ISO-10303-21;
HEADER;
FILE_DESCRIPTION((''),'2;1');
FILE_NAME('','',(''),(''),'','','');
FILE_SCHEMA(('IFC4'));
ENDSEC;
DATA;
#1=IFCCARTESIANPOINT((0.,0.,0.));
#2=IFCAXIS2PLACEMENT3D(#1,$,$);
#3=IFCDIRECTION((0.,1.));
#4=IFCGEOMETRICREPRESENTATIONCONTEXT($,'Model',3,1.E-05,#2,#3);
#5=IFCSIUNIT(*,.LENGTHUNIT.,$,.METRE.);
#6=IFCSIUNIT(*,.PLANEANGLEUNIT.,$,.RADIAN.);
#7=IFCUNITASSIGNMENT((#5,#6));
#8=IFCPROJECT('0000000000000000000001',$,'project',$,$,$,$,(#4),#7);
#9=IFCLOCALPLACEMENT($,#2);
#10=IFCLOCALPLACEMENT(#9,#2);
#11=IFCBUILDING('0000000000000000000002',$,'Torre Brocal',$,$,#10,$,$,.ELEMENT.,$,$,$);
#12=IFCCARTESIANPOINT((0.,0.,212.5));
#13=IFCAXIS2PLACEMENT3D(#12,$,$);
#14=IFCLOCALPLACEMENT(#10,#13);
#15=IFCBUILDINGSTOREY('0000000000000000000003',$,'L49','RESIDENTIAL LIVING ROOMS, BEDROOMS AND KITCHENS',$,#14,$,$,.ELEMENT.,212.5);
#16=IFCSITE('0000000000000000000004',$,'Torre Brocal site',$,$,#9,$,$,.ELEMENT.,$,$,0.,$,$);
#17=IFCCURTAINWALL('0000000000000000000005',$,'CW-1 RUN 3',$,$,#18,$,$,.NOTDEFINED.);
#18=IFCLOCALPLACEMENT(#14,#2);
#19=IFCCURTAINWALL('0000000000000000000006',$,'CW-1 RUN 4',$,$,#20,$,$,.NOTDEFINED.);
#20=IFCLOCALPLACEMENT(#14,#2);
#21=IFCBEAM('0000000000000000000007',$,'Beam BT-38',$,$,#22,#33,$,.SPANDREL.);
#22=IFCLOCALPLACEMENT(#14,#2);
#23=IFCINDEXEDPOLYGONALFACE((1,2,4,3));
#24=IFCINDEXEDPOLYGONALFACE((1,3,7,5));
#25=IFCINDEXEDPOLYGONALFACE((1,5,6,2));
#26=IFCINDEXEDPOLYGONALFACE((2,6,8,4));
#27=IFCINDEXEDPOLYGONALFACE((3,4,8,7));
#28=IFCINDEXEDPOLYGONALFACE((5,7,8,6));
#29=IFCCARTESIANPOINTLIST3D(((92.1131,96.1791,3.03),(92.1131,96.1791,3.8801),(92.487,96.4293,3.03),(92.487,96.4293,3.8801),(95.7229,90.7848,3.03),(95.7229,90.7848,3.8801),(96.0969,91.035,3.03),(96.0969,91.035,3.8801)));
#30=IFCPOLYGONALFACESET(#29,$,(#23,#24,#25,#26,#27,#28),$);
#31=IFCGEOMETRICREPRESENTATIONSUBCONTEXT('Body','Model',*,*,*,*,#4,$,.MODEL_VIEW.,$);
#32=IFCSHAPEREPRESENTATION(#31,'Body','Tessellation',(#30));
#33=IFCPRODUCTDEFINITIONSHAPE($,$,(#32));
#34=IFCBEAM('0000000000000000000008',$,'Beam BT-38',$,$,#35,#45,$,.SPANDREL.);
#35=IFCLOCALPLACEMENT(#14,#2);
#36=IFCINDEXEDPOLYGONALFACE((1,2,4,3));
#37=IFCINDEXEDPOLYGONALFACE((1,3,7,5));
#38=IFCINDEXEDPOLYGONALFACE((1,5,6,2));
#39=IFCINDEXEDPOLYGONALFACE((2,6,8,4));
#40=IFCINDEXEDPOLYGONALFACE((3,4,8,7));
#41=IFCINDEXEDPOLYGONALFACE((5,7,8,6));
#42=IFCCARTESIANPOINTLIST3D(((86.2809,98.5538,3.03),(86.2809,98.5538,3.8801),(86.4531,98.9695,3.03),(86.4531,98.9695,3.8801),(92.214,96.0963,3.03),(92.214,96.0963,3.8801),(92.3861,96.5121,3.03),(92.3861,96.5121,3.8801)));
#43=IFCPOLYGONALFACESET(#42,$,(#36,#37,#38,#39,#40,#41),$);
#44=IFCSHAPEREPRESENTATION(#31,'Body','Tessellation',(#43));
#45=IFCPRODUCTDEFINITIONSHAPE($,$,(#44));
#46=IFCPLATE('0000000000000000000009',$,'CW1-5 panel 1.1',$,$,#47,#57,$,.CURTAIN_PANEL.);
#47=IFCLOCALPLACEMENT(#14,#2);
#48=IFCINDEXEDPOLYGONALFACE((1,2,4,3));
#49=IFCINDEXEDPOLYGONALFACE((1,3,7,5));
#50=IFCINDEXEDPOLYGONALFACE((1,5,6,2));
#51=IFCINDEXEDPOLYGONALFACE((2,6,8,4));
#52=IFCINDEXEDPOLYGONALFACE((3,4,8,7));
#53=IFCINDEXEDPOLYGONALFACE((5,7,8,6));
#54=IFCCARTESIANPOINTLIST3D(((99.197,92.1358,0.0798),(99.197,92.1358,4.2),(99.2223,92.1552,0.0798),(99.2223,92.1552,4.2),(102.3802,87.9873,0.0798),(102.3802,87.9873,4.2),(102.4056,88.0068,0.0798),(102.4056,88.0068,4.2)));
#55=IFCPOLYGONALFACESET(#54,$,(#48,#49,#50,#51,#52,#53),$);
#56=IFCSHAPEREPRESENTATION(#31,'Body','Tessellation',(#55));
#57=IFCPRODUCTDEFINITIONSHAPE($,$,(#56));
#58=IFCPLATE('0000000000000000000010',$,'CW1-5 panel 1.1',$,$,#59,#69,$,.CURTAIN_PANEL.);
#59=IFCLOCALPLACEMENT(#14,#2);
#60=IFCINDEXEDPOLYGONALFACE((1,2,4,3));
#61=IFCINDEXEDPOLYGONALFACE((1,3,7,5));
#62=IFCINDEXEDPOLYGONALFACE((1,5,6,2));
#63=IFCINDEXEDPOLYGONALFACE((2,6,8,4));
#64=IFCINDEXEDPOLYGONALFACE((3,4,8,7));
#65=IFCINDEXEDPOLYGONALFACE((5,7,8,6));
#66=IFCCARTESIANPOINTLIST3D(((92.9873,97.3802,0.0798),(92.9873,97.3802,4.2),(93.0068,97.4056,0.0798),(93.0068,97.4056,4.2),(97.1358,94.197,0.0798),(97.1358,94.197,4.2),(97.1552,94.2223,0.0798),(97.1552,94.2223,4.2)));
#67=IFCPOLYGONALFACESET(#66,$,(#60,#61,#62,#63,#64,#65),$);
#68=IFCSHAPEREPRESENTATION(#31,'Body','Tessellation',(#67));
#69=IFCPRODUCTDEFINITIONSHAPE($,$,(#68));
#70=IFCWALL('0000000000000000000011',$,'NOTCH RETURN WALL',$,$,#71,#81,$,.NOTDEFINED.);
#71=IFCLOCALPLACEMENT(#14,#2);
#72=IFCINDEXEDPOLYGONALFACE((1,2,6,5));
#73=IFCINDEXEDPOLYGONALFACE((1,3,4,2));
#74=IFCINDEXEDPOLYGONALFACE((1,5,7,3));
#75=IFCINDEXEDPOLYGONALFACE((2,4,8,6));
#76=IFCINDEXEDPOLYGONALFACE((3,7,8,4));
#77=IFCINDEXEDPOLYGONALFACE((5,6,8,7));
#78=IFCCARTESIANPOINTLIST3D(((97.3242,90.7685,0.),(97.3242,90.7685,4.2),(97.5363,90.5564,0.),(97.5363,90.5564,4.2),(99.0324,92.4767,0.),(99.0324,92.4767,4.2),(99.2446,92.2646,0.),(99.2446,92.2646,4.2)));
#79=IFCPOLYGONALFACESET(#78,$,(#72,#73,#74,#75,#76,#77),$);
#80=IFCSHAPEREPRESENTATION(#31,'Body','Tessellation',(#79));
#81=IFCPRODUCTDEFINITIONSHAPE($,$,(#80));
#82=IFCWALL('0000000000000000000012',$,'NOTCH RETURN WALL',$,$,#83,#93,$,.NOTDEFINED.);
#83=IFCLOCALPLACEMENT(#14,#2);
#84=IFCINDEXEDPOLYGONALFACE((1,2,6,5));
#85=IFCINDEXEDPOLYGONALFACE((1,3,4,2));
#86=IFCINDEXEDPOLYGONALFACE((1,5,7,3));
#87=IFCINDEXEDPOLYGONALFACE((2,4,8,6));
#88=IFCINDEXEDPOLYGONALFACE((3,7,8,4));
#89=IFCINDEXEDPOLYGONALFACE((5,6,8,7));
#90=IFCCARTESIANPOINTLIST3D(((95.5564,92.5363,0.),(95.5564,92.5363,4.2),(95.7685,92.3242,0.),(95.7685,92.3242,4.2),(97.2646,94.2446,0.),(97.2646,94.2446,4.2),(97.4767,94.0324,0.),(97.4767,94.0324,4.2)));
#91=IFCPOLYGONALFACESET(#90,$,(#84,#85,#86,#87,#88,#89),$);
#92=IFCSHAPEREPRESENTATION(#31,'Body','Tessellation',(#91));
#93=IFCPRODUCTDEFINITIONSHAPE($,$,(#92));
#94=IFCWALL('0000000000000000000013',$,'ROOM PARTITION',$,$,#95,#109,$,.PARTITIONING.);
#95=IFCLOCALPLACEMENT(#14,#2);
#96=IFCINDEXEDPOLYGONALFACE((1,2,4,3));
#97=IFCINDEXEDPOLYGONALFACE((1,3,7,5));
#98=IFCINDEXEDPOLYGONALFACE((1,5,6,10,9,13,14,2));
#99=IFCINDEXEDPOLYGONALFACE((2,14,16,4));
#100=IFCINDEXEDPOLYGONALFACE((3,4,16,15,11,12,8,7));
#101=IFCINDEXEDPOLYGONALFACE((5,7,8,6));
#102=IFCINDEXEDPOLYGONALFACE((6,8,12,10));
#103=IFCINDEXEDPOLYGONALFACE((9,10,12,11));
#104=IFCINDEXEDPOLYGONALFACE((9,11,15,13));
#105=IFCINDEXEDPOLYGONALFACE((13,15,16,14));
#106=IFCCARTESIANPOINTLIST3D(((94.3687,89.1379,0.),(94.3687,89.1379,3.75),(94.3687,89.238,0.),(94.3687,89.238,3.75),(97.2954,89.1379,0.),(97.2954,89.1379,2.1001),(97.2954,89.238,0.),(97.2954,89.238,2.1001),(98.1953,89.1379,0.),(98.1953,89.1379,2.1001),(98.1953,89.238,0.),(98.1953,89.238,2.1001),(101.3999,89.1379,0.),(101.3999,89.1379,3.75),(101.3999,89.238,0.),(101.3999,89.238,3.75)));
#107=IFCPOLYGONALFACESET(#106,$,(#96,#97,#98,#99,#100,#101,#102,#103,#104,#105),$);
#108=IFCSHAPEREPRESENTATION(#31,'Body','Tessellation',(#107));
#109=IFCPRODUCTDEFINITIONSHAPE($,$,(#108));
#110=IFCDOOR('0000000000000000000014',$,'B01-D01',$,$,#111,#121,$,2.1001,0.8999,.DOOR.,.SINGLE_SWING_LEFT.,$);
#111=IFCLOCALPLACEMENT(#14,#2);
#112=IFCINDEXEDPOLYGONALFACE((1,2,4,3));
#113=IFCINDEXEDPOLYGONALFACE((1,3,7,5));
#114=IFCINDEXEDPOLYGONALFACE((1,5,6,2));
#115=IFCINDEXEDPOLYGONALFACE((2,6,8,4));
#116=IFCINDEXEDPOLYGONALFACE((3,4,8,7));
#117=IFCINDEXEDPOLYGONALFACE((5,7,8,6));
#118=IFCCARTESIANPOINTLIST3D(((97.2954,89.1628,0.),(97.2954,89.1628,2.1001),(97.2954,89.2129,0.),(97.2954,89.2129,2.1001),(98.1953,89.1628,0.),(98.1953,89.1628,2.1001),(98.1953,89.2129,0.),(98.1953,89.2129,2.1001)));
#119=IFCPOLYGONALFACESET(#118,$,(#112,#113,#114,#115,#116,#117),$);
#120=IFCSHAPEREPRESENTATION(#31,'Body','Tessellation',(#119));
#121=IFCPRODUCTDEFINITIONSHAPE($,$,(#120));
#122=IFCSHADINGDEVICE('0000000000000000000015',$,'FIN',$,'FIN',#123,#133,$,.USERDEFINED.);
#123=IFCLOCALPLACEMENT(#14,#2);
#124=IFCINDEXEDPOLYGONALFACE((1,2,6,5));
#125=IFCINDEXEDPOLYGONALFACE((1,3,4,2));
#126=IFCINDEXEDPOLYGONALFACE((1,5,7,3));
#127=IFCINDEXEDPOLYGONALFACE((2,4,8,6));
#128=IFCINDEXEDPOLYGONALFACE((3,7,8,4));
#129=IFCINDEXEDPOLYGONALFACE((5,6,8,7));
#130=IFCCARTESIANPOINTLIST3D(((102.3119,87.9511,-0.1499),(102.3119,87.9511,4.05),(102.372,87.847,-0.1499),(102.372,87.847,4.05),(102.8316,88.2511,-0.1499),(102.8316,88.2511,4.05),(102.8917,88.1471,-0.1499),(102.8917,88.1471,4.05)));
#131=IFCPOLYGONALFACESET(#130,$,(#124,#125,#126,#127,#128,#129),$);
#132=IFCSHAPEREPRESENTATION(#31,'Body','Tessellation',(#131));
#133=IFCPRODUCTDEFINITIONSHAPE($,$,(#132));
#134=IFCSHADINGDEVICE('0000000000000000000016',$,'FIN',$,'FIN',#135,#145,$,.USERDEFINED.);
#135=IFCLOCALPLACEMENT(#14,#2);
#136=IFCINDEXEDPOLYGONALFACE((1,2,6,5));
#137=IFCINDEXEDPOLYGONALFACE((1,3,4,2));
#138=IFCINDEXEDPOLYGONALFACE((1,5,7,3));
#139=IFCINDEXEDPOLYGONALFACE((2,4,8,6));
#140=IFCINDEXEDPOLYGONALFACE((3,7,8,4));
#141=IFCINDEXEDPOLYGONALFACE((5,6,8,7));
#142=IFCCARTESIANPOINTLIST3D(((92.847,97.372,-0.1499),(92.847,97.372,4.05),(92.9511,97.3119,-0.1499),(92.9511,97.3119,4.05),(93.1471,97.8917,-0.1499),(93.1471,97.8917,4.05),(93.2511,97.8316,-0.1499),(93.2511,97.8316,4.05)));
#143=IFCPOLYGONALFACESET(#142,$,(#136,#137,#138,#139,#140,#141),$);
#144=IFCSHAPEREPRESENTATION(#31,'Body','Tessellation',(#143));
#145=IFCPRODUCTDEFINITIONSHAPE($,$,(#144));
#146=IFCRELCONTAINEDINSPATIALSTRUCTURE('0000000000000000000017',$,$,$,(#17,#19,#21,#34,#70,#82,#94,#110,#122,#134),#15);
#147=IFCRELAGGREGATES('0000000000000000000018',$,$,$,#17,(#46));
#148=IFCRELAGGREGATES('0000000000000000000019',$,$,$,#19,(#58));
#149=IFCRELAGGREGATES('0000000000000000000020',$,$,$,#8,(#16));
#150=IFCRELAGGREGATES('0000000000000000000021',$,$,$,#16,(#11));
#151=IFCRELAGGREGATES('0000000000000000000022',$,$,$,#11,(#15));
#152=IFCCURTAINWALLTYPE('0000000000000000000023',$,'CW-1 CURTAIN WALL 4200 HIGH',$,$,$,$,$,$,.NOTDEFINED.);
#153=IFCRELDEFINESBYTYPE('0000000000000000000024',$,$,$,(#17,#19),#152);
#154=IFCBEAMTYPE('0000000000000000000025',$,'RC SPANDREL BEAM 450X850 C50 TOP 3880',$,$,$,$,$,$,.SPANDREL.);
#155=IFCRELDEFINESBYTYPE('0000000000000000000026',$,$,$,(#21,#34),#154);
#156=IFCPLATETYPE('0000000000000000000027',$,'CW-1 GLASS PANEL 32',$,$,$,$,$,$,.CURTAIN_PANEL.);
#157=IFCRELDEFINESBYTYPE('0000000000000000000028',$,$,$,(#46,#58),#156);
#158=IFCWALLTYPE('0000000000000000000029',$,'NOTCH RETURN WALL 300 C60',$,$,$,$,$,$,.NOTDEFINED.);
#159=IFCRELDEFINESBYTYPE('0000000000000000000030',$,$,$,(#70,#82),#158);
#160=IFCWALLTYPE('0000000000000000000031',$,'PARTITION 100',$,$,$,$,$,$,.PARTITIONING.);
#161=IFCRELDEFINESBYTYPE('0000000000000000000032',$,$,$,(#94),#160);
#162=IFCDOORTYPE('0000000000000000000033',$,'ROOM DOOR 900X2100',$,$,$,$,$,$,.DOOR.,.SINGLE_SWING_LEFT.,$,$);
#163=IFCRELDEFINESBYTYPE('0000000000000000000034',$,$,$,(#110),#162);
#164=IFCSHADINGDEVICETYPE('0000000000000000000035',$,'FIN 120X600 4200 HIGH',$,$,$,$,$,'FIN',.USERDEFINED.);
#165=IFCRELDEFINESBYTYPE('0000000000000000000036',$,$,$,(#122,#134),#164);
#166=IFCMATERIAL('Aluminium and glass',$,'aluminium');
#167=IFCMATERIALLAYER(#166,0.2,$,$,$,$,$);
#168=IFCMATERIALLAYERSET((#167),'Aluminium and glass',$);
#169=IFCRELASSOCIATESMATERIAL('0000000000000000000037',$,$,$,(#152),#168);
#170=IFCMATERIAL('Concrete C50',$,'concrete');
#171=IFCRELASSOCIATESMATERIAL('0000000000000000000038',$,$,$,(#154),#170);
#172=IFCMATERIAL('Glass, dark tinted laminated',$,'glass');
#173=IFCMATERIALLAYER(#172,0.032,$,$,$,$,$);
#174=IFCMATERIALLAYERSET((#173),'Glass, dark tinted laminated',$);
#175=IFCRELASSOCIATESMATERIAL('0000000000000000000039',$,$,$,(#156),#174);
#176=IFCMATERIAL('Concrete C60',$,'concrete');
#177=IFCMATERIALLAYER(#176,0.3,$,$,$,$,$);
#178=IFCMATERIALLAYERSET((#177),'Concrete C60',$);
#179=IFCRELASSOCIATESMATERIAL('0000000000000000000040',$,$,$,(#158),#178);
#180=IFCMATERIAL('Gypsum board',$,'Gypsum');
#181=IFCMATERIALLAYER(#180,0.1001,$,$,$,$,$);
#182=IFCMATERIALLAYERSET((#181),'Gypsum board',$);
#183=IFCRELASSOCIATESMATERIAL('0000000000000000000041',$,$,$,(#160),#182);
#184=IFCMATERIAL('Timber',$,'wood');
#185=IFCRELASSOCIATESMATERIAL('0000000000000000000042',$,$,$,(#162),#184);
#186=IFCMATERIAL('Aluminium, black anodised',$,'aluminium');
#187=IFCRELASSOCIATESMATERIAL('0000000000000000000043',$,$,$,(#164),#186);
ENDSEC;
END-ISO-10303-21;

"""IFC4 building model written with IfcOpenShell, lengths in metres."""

from ifc_helpers import new_model, si_unit, direction, frame, frame_2d, origin, origin_2d, place, context, subcontext, project, spatial, rectangle, extrude, material, layer, layer_set, material_profile, profile_set, type_object, element, fill, aggregate, save


model = new_model("IFC4")

# Units and contexts
model_context = context("Model", 3, precision=1e-05, world=origin(), true_north=direction((0.0, 1.0)))
body_context = subcontext(model_context, "Body", "Model", "MODEL_VIEW")
ifc_project = project(units=[si_unit("LENGTHUNIT", "METRE"), si_unit("PLANEANGLEUNIT", "RADIAN")], contexts=[model_context])

# Site, building, storey
site_placement = place(None, origin())
site = spatial("IfcSite", under=ifc_project, at=site_placement, Name="Torre Brocal site", CompositionType="ELEMENT", RefElevation=0.0)
building_placement = place(site_placement, origin())
building = spatial("IfcBuilding", under=site, at=building_placement, Name="Torre Brocal", CompositionType="ELEMENT")
storey_placement = place(building_placement, frame((0.0, 0.0, 212.5)))
storey = spatial("IfcBuildingStorey", under=building, at=storey_placement, Name="L49", Description="RESIDENTIAL LIVING ROOMS, BEDROOMS AND KITCHENS", CompositionType="ELEMENT", Elevation=212.5)

# Shared definitions
ifc_material_1 = material(Name="Aluminium and glass", Category="aluminium")
ifc_layer_1 = layer(ifc_material_1, 0.2)
ifc_layer_set_1 = layer_set([ifc_layer_1], Name="Aluminium and glass")
curtain_wall_type = type_object("IfcCurtainWallType", Name="CW-1 CURTAIN WALL 4200 HIGH", PredefinedType="NOTDEFINED", material=ifc_layer_set_1)

# Curtain walls
curtain_wall_1_placement = place(storey_placement, origin())
curtain_wall_1 = element("IfcCurtainWall", 1, at=curtain_wall_1_placement, inside=storey, type_object=curtain_wall_type, Name="CW-1 RUN 3", PredefinedType="NOTDEFINED")
curtain_wall_2_placement = place(storey_placement, origin())
curtain_wall_2 = element("IfcCurtainWall", 2, at=curtain_wall_2_placement, inside=storey, type_object=curtain_wall_type, Name="CW-1 RUN 4", PredefinedType="NOTDEFINED")

# Beams
ifc_material_2 = material(Name="Concrete C50", Category="concrete")
ifc_material_profile_1 = material_profile(ifc_material_2, rectangle(XDim=0.45, YDim=0.8501, at=origin_2d()), Name="RC 450X850")
ifc_profile_set_1 = profile_set([ifc_material_profile_1], Name="Concrete C50")
beam_type_1 = type_object("IfcBeamType", Name="RC SPANDREL BEAM 450X850 C50 TOP 3880", PredefinedType="SPANDREL", material=ifc_profile_set_1)
beam_1_placement = place(storey_placement, frame((95.9099, 90.9099, 3.4551), z_axis=(-0.556158, 0.831077, 0.0), x_axis=(-0.831077, -0.556158, 0.0)))
element("IfcBeam", 3, at=beam_1_placement, inside=storey, type_object=beam_type_1, Name="Beam BT-38", PredefinedType="SPANDREL", context=body_context, shape_type="SweptSolid", body=[
    extrude(rectangle(XDim=0.45, YDim=0.8501, at=origin_2d()), origin(), (0.0, 0.0, 1.0), 6.4907),
])
beam_2_placement = place(storey_placement, frame((92.3, 96.3042, 3.4551), z_axis=(-0.923882, 0.382676, 0.0), x_axis=(-0.382676, -0.923882, 0.0)))
element("IfcBeam", 4, at=beam_2_placement, inside=storey, type_object=beam_type_1, Name="Beam BT-38", PredefinedType="SPANDREL", context=body_context, shape_type="SweptSolid", body=[
    extrude(rectangle(XDim=0.45, YDim=0.8501, at=origin_2d()), origin(), (0.0, 0.0, 1.0), 6.4219),
])

# Plates
ifc_material_3 = material(Name="Glass, dark tinted laminated", Category="glass")
ifc_layer_2 = layer(ifc_material_3, 0.032)
ifc_layer_set_2 = layer_set([ifc_layer_2], Name="Glass, dark tinted laminated")
plate_type = type_object("IfcPlateType", Name="CW-1 GLASS PANEL 32", PredefinedType="CURTAIN_PANEL", material=ifc_layer_set_2)
plate_1_placement = place(storey_placement, frame((100.8013, 90.0713, 0.0798), z_axis=(0.0, 0.0, 1.0), x_axis=(-0.608761, 0.793353, 0.0)))
plate_1 = element("IfcPlate", 5, at=plate_1_placement, type_object=plate_type, Name="CW1-5 panel 1.1", PredefinedType="CURTAIN_PANEL", context=body_context, shape_type="SweptSolid", body=[
    extrude(rectangle(XDim=5.229, YDim=0.032, at=origin_2d()), origin(), (0.0, 0.0, 1.0), 4.1201),
])
aggregate(curtain_wall_1, [plate_1])
plate_2_placement = place(storey_placement, frame((95.0713, 95.8013, 0.0798), z_axis=(0.0, 0.0, 1.0), x_axis=(-0.793353, 0.608761, 0.0)))
plate_2 = element("IfcPlate", 6, at=plate_2_placement, type_object=plate_type, Name="CW1-5 panel 1.1", PredefinedType="CURTAIN_PANEL", context=body_context, shape_type="SweptSolid", body=[
    extrude(rectangle(XDim=5.229, YDim=0.032, at=origin_2d()), origin(), (0.0, 0.0, 1.0), 4.1201),
])
aggregate(curtain_wall_2, [plate_2])

# Walls
ifc_material_4 = material(Name="Concrete C60", Category="concrete")
ifc_layer_3 = layer(ifc_material_4, 0.3)
ifc_layer_set_3 = layer_set([ifc_layer_3], Name="Concrete C60")
wall_type_1 = type_object("IfcWallType", Name="NOTCH RETURN WALL 300 C60", PredefinedType="NOTDEFINED", material=ifc_layer_set_3)
for number, where, z_axis, x_axis, name in (
    (7, (97.4302, 90.6624, 0.0), (0.0, 0.0, 1.0), (0.707107, 0.707107, 0.0), "NOTCH RETURN WALL"),
    (8, (95.6624, 92.4302, 0.0), (0.0, 0.0, 1.0), (0.707107, 0.707107, 0.0), "NOTCH RETURN WALL"),
):
    element("IfcWall", number, at=place(storey_placement, frame(where, z_axis=z_axis, x_axis=x_axis)), inside=storey, type_object=wall_type_1, Name=name, PredefinedType="NOTDEFINED", context=body_context, shape_type="SweptSolid", body=[
        extrude(rectangle(XDim=2.4158, YDim=0.3, at=frame_2d((1.208, 0.0))), origin(), (0.0, 0.0, 1.0), 4.2),
    ])

# Wall, opening, door
ifc_material_5 = material(Name="Gypsum board", Category="Gypsum")
ifc_layer_4 = layer(ifc_material_5, 0.1001)
ifc_layer_set_4 = layer_set([ifc_layer_4], Name="Gypsum board")
wall_type_2 = type_object("IfcWallType", Name="PARTITION 100", PredefinedType="PARTITIONING", material=ifc_layer_set_4)
wall_placement = place(storey_placement, frame((94.3687, 89.188, 0.0), z_axis=(0.0, 0.0, 1.0), x_axis=(1.0, 0.0, 0.0)))
wall = element("IfcWall", 9, at=wall_placement, inside=storey, type_object=wall_type_2, Name="ROOM PARTITION", PredefinedType="PARTITIONING", context=body_context, shape_type="SweptSolid", body=[
    extrude(rectangle(XDim=7.0312, YDim=0.1001, at=frame_2d((3.5156, 0.0))), origin(), (0.0, 0.0, 1.0), 3.75),
])
opening_placement = place(wall_placement, frame((2.9268, 0.0, 0.0)))
opening = element("IfcOpeningElement", 10, at=opening_placement, cuts=wall, PredefinedType="OPENING", context=body_context, shape_type="SweptSolid", body=[
    extrude(rectangle(XDim=0.8999, YDim=2.1001, at=frame_2d((0.45, 1.05))), frame((0.0, 0.0601, 0.0), z_axis=(0.0, -1.0, 0.0), x_axis=(1.0, 0.0, 0.0)), (0.0, 0.0, 1.0), 0.1201),
])
ifc_material_6 = material(Name="Timber", Category="wood")
door_type = type_object("IfcDoorType", Name="ROOM DOOR 900X2100", OperationType="SINGLE_SWING_LEFT", PredefinedType="DOOR", material=ifc_material_6)
door_placement = place(opening_placement, origin())
door = element("IfcDoor", 11, at=door_placement, inside=storey, type_object=door_type, Name="B01-D01", OperationType="SINGLE_SWING_LEFT", OverallHeight=2.1001, OverallWidth=0.8999, PredefinedType="DOOR", context=body_context, shape_type="SweptSolid", body=[
    extrude(rectangle(XDim=0.8999, YDim=2.1001, at=frame_2d((0.45, 1.05))), frame((0.0, 0.0249, 0.0), z_axis=(0.0, -1.0, 0.0), x_axis=(1.0, 0.0, 0.0)), (0.0, 0.0, 1.0), 0.05),
])
fill(opening, door)

# Shading devices
ifc_material_7 = material(Name="Aluminium, black anodised", Category="aluminium")
ifc_material_profile_2 = material_profile(ifc_material_7, rectangle(XDim=0.1201, YDim=0.6001, at=origin_2d()), Name="FIN 120X600 4200 HIGH")
ifc_profile_set_2 = profile_set([ifc_material_profile_2], Name="Aluminium, black anodised")
shading_device_type = type_object("IfcShadingDeviceType", Name="FIN 120X600 4200 HIGH", ElementType="FIN", PredefinedType="USERDEFINED", material=ifc_profile_set_2)
for number, where, z_axis, x_axis, name in (
    (12, (102.6018, 88.0491, -0.1499), (0.0, 0.0, 1.0), (-0.5, 0.866025, 0.0), "FIN"),
    (13, (93.0491, 97.6018, -0.1499), (0.0, 0.0, 1.0), (-0.866025, 0.5, 0.0), "FIN"),
):
    element("IfcShadingDevice", number, at=place(storey_placement, frame(where, z_axis=z_axis, x_axis=x_axis)), inside=storey, type_object=shading_device_type, Name=name, ObjectType="FIN", PredefinedType="USERDEFINED", context=body_context, shape_type="SweptSolid", body=[
        extrude(rectangle(XDim=0.1201, YDim=0.6001, at=origin_2d()), origin(), (0.0, 0.0, 1.0), 4.2),
    ])

save(model, "model.ifc")
